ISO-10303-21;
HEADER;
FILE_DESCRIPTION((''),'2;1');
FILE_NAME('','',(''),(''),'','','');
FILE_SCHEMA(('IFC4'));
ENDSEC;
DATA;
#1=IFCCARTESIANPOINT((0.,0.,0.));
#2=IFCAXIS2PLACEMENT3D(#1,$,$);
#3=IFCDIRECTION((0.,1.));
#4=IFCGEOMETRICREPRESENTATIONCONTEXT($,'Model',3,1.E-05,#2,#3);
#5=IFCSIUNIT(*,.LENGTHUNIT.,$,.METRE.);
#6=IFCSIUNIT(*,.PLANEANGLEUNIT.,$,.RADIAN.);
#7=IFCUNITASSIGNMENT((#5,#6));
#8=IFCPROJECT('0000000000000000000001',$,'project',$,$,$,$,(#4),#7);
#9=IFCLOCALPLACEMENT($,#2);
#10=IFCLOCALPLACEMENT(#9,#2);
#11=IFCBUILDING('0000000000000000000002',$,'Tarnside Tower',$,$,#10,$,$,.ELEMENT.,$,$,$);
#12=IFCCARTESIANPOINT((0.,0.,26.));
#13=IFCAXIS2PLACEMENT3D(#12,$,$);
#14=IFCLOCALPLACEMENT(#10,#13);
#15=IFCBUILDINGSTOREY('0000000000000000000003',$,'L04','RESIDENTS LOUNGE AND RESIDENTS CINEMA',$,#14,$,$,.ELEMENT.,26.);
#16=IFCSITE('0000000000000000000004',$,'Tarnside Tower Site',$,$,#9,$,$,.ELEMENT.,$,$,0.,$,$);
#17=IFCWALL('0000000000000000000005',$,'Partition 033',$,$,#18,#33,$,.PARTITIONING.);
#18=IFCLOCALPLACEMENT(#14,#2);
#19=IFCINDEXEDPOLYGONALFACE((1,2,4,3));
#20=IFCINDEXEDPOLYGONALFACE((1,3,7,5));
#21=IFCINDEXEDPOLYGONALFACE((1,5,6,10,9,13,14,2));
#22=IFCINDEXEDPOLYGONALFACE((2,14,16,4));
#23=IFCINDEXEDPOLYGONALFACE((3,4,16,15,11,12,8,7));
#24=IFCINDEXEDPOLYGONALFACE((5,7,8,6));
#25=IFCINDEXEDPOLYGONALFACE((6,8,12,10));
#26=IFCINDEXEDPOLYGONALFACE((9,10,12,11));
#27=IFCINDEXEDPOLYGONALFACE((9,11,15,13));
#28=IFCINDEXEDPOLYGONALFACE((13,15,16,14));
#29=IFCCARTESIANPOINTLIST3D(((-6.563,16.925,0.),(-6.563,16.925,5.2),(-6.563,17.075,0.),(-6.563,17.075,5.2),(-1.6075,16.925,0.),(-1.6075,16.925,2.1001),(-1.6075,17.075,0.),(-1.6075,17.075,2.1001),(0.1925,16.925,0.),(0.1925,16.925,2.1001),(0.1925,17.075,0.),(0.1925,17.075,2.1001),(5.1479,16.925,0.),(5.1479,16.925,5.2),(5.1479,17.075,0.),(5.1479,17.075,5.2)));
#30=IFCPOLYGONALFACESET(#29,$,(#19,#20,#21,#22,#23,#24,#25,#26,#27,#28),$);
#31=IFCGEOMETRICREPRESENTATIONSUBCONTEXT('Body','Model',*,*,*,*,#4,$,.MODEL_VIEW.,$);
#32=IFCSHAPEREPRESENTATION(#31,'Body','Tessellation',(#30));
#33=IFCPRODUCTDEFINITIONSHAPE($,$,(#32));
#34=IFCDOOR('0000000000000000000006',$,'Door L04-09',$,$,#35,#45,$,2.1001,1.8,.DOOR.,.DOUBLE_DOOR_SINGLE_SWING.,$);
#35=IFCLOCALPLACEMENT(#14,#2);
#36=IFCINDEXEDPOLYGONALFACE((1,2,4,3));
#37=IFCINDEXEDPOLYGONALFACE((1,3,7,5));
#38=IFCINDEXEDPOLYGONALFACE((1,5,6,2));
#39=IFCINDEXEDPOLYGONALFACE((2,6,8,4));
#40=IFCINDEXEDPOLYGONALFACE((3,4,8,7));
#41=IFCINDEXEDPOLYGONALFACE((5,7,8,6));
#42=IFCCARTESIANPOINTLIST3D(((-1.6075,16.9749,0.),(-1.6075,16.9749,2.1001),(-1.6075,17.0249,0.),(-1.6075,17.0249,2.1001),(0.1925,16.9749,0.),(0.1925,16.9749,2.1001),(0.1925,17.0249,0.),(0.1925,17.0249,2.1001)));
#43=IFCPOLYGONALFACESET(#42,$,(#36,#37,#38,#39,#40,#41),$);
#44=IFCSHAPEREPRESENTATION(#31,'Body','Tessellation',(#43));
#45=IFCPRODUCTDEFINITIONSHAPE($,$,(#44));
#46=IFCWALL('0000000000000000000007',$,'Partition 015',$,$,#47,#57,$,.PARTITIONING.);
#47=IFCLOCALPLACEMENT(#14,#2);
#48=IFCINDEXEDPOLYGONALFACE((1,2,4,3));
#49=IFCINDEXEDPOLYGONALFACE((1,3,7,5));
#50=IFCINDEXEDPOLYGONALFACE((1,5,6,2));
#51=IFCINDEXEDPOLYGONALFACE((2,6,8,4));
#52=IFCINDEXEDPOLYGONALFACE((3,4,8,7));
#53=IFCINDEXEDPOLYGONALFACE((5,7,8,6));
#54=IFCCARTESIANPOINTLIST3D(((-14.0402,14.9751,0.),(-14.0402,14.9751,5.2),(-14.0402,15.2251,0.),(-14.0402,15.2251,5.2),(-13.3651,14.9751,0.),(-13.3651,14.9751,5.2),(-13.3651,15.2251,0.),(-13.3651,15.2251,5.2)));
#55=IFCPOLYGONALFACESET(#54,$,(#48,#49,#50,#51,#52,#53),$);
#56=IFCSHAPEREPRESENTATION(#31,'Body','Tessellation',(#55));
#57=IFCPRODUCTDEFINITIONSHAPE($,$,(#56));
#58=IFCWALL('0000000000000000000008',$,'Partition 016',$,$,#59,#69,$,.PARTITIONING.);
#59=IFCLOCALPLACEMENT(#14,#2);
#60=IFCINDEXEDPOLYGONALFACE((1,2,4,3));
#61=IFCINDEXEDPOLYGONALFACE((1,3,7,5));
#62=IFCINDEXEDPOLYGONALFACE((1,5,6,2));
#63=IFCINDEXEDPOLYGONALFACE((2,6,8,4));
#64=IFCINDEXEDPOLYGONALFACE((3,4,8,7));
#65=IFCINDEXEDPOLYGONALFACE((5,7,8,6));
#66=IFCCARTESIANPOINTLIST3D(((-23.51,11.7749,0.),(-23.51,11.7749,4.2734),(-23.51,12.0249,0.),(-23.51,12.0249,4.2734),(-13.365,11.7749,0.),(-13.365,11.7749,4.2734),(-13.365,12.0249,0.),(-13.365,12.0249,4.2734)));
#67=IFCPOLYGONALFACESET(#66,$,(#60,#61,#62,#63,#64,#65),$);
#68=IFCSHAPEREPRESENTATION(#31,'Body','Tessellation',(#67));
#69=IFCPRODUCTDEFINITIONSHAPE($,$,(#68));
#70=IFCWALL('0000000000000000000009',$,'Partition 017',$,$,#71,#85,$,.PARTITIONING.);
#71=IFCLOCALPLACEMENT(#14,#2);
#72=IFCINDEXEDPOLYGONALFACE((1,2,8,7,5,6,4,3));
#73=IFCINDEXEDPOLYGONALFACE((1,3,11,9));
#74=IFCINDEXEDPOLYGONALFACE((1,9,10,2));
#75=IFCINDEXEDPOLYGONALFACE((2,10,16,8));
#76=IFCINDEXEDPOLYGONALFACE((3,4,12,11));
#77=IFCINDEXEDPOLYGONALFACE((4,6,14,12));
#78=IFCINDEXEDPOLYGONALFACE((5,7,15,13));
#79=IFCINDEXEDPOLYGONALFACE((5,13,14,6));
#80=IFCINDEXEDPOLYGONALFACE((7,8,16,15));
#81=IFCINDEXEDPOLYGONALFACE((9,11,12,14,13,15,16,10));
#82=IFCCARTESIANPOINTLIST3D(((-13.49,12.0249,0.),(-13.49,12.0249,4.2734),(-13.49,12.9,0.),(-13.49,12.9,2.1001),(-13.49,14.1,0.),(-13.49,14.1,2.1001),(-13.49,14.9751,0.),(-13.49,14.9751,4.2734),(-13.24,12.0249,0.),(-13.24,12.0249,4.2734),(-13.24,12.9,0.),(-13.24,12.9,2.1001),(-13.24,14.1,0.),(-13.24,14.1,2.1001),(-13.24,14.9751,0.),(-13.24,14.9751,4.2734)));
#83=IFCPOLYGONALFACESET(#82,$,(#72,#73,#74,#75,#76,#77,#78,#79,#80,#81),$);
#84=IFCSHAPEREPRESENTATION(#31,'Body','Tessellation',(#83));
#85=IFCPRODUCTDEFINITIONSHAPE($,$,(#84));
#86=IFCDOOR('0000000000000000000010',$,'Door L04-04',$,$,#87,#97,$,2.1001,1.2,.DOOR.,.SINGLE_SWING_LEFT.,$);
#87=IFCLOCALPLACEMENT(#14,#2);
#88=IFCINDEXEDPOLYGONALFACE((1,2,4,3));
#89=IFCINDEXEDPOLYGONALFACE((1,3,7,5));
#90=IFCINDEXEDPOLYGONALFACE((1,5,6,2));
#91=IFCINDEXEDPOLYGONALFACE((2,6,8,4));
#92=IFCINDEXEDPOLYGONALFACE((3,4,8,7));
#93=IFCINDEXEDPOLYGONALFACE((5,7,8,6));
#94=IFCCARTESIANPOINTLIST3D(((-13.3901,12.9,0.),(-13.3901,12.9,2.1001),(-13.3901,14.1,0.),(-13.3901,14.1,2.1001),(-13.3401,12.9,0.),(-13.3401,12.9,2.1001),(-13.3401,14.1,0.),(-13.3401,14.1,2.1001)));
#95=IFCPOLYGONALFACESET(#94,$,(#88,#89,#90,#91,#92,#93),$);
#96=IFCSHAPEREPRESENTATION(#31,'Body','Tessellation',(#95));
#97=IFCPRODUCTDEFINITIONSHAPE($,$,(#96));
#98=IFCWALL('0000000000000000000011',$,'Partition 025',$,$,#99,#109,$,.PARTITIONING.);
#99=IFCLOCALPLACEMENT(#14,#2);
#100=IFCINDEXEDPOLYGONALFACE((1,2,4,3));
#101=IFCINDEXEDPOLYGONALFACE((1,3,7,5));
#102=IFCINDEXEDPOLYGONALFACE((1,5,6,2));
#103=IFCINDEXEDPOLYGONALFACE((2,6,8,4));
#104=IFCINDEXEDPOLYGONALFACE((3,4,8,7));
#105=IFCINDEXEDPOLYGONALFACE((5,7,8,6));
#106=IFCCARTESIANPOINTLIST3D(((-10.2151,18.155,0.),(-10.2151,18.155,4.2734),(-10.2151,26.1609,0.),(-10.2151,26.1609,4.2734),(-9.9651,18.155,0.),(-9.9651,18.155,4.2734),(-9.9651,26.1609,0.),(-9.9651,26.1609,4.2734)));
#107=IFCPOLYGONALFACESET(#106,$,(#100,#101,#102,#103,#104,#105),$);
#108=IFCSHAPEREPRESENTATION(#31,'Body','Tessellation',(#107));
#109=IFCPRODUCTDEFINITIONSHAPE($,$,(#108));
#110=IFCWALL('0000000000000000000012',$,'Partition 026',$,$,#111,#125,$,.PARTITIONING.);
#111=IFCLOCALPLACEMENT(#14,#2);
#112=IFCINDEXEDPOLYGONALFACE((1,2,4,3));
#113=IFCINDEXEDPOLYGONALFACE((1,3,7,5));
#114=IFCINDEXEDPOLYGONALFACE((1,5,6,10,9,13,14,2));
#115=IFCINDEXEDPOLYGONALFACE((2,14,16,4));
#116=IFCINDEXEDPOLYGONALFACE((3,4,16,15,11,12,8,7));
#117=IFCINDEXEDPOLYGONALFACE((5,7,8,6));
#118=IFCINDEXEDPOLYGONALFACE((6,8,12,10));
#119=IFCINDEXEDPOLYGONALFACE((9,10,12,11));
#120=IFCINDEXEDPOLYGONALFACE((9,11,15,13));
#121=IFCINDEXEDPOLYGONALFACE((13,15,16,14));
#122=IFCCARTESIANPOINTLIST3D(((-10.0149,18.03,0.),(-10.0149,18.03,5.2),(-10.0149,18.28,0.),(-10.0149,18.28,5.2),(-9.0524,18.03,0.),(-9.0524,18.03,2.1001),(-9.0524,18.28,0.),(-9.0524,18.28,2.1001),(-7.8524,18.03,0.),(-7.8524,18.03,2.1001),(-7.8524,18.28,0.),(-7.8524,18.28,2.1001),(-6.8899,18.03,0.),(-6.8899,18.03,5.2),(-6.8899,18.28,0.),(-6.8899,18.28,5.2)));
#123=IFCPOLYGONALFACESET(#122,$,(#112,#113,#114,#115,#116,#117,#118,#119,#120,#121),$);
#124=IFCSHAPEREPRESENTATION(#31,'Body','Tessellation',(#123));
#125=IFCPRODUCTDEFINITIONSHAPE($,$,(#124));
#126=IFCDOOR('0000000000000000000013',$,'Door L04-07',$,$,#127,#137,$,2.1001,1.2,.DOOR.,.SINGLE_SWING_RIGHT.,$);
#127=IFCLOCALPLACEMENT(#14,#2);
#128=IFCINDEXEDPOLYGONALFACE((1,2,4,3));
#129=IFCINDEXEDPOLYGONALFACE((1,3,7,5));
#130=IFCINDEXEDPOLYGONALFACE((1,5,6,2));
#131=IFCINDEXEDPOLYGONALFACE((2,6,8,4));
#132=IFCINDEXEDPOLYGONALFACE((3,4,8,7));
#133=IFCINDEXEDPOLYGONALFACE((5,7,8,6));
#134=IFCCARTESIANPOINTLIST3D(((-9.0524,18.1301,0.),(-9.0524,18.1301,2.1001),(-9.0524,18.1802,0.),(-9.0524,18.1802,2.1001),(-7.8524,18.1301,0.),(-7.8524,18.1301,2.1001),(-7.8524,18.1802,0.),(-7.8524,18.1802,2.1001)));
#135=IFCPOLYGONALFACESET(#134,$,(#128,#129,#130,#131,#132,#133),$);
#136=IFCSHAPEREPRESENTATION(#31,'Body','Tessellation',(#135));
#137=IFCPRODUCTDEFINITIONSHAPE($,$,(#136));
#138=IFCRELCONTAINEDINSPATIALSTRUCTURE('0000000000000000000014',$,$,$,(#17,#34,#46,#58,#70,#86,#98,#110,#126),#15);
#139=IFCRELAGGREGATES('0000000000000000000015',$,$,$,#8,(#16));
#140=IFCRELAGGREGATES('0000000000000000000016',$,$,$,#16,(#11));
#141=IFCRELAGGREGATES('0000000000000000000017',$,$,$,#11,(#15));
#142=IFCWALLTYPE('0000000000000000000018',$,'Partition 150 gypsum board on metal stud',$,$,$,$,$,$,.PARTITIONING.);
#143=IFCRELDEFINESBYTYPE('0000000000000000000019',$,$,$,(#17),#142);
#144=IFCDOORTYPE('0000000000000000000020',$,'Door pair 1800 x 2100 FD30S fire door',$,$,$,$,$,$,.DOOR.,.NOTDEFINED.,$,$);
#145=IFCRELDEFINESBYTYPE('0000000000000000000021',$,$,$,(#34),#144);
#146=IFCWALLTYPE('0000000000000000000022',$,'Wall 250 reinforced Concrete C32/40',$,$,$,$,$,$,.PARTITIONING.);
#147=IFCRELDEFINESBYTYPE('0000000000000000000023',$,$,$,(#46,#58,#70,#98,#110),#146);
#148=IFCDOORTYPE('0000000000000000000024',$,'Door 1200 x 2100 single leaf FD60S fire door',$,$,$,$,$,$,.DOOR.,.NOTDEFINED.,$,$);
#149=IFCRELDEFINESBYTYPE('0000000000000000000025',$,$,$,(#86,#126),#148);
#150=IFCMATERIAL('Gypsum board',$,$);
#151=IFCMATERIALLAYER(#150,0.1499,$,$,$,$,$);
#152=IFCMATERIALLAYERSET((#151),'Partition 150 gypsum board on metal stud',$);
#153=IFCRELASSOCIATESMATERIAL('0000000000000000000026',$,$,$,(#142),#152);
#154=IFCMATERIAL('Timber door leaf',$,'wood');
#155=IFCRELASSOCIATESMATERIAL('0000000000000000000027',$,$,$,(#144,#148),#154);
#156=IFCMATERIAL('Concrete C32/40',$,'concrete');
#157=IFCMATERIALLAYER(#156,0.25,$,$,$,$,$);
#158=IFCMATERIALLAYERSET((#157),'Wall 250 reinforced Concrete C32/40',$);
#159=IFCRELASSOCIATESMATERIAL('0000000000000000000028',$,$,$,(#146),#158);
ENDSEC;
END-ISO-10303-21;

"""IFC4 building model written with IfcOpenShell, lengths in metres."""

from ifc_helpers import new_model, si_unit, direction, frame, frame_2d, origin, place, context, subcontext, project, spatial, rectangle, extrude, material, layer, layer_set, type_object, element, fill, save


model = new_model("IFC4")

# Units and contexts
model_context = context("Model", 3, precision=1e-05, world=origin(), true_north=direction((0.0, 1.0)))
body_context = subcontext(model_context, "Body", "Model", "MODEL_VIEW")
ifc_project = project(units=[si_unit("LENGTHUNIT", "METRE"), si_unit("PLANEANGLEUNIT", "RADIAN")], contexts=[model_context])

# Site, building, storey
site_placement = place(None, origin())
site = spatial("IfcSite", under=ifc_project, at=site_placement, Name="Tarnside Tower Site", CompositionType="ELEMENT", RefElevation=0.0)
building_placement = place(site_placement, origin())
building = spatial("IfcBuilding", under=site, at=building_placement, Name="Tarnside Tower", CompositionType="ELEMENT")
storey_placement = place(building_placement, frame((0.0, 0.0, 26.0)))
storey = spatial("IfcBuildingStorey", under=building, at=storey_placement, Name="L04", Description="RESIDENTS LOUNGE AND RESIDENTS CINEMA", CompositionType="ELEMENT", Elevation=26.0)

# Shared definitions
ifc_material_1 = material(Name="Gypsum board")
ifc_layer_1 = layer(ifc_material_1, 0.1499)
ifc_layer_set_1 = layer_set([ifc_layer_1], Name="Partition 150 gypsum board on metal stud")
wall_type_1 = type_object("IfcWallType", Name="Partition 150 gypsum board on metal stud", PredefinedType="PARTITIONING", material=ifc_layer_set_1)
ifc_material_2 = material(Name="Timber door leaf", Category="wood")

# Wall, opening, door
wall_1_placement = place(storey_placement, frame((-6.563, 17.0, 0.0), z_axis=(0.0, 0.0, 1.0), x_axis=(1.0, 0.0, 0.0)))
wall_1 = element("IfcWall", 1, at=wall_1_placement, inside=storey, type_object=wall_type_1, Name="Partition 033", PredefinedType="PARTITIONING", context=body_context, shape_type="SweptSolid", body=[
    extrude(rectangle(XDim=11.7109, YDim=0.1499, at=frame_2d((5.8555, 0.0))), origin(), (0.0, 0.0, 1.0), 5.2),
])
opening_1_placement = place(wall_1_placement, frame((4.9556, 0.0, 0.0)))
opening_1 = element("IfcOpeningElement", 2, at=opening_1_placement, cuts=wall_1, PredefinedType="OPENING", context=body_context, shape_type="SweptSolid", body=[
    extrude(rectangle(XDim=1.8, YDim=2.1001, at=frame_2d((0.8999, 1.05))), frame((0.0, 0.085, 0.0), z_axis=(0.0, -1.0, 0.0), x_axis=(1.0, 0.0, 0.0)), (0.0, 0.0, 1.0), 0.1699),
])
door_type_1 = type_object("IfcDoorType", Name="Door pair 1800 x 2100 FD30S fire door", OperationType="NOTDEFINED", PredefinedType="DOOR", material=ifc_material_2)
door_1_placement = place(opening_1_placement, origin())
door_1 = element("IfcDoor", 3, at=door_1_placement, inside=storey, type_object=door_type_1, Name="Door L04-09", OperationType="DOUBLE_DOOR_SINGLE_SWING", OverallHeight=2.1001, OverallWidth=1.8, PredefinedType="DOOR", context=body_context, shape_type="SweptSolid", body=[
    extrude(rectangle(XDim=1.8, YDim=2.1001, at=frame_2d((0.8999, 1.05))), frame((0.0, 0.0249, 0.0), z_axis=(0.0, -1.0, 0.0), x_axis=(1.0, 0.0, 0.0)), (0.0, 0.0, 1.0), 0.05),
])
fill(opening_1, door_1)

# Walls
ifc_material_3 = material(Name="Concrete C32/40", Category="concrete")
ifc_layer_2 = layer(ifc_material_3, 0.25)
ifc_layer_set_2 = layer_set([ifc_layer_2], Name="Wall 250 reinforced Concrete C32/40")
wall_type_2 = type_object("IfcWallType", Name="Wall 250 reinforced Concrete C32/40", PredefinedType="PARTITIONING", material=ifc_layer_set_2)
wall_2_placement = place(storey_placement, frame((-14.04, 15.1001, 0.0), z_axis=(0.0, 0.0, 1.0), x_axis=(1.0, 0.0, 0.0)))
element("IfcWall", 4, at=wall_2_placement, inside=storey, type_object=wall_type_2, Name="Partition 015", PredefinedType="PARTITIONING", context=body_context, shape_type="SweptSolid", body=[
    extrude(rectangle(XDim=0.675, YDim=0.25, at=frame_2d((0.3374, 0.0))), origin(), (0.0, 0.0, 1.0), 5.2),
])
wall_3_placement = place(storey_placement, frame((-13.365, 11.8999, 0.0), z_axis=(0.0, 0.0, 1.0), x_axis=(-1.0, 0.0, 0.0)))
element("IfcWall", 5, at=wall_3_placement, inside=storey, type_object=wall_type_2, Name="Partition 016", PredefinedType="PARTITIONING", context=body_context, shape_type="SweptSolid", body=[
    extrude(rectangle(XDim=10.145, YDim=0.25, at=frame_2d((5.0725, 0.0))), origin(), (0.0, 0.0, 1.0), 4.2734),
])

# Wall, opening, door
wall_4_placement = place(storey_placement, frame((-13.365, 14.9751, 0.0), z_axis=(0.0, 0.0, 1.0), x_axis=(0.0, -1.0, 0.0)))
wall_4 = element("IfcWall", 6, at=wall_4_placement, inside=storey, type_object=wall_type_2, Name="Partition 017", PredefinedType="PARTITIONING", context=body_context, shape_type="SweptSolid", body=[
    extrude(rectangle(XDim=2.9502, YDim=0.25, at=frame_2d((1.4751, 0.0))), origin(), (0.0, 0.0, 1.0), 4.2734),
])
opening_2_placement = place(wall_4_placement, frame((0.875, 0.0, 0.0)))
opening_2 = element("IfcOpeningElement", 7, at=opening_2_placement, cuts=wall_4, PredefinedType="OPENING", context=body_context, shape_type="SweptSolid", body=[
    extrude(rectangle(XDim=1.2, YDim=2.1001, at=frame_2d((0.6001, 1.05))), frame((0.0, 0.135, 0.0), z_axis=(0.0, -1.0, 0.0), x_axis=(1.0, 0.0, 0.0)), (0.0, 0.0, 1.0), 0.27),
])
door_type_2 = type_object("IfcDoorType", Name="Door 1200 x 2100 single leaf FD60S fire door", OperationType="NOTDEFINED", PredefinedType="DOOR", material=ifc_material_2)
door_2_placement = place(opening_2_placement, origin())
door_2 = element("IfcDoor", 8, at=door_2_placement, inside=storey, type_object=door_type_2, Name="Door L04-04", OperationType="SINGLE_SWING_LEFT", OverallHeight=2.1001, OverallWidth=1.2, PredefinedType="DOOR", context=body_context, shape_type="SweptSolid", body=[
    extrude(rectangle(XDim=1.2, YDim=2.1001, at=frame_2d((0.6001, 1.05))), frame((0.0, 0.0249, 0.0), z_axis=(0.0, -1.0, 0.0), x_axis=(1.0, 0.0, 0.0)), (0.0, 0.0, 1.0), 0.05),
])
fill(opening_2, door_2)

# Wall
wall_5_placement = place(storey_placement, frame((-10.0901, 18.155, 0.0), z_axis=(0.0, 0.0, 1.0), x_axis=(0.0, 1.0, 0.0)))
element("IfcWall", 9, at=wall_5_placement, inside=storey, type_object=wall_type_2, Name="Partition 025", PredefinedType="PARTITIONING", context=body_context, shape_type="SweptSolid", body=[
    extrude(rectangle(XDim=8.0059, YDim=0.25, at=frame_2d((4.0029, 0.0))), origin(), (0.0, 0.0, 1.0), 4.2734),
])

# Wall, opening, door
wall_6_placement = place(storey_placement, frame((-6.8899, 18.155, 0.0), z_axis=(0.0, 0.0, 1.0), x_axis=(-1.0, 0.0, 0.0)))
wall_6 = element("IfcWall", 10, at=wall_6_placement, inside=storey, type_object=wall_type_2, Name="Partition 026", PredefinedType="PARTITIONING", context=body_context, shape_type="SweptSolid", body=[
    extrude(rectangle(XDim=3.125, YDim=0.25, at=frame_2d((1.5625, 0.0))), origin(), (0.0, 0.0, 1.0), 5.2),
])
opening_3_placement = place(wall_6_placement, frame((0.9624, 0.0, 0.0)))
opening_3 = element("IfcOpeningElement", 11, at=opening_3_placement, cuts=wall_6, PredefinedType="OPENING", context=body_context, shape_type="SweptSolid", body=[
    extrude(rectangle(XDim=1.2, YDim=2.1001, at=frame_2d((0.6001, 1.05))), frame((0.0, 0.135, 0.0), z_axis=(0.0, -1.0, 0.0), x_axis=(1.0, 0.0, 0.0)), (0.0, 0.0, 1.0), 0.27),
])
door_3_placement = place(opening_3_placement, origin())
door_3 = element("IfcDoor", 12, at=door_3_placement, inside=storey, type_object=door_type_2, Name="Door L04-07", OperationType="SINGLE_SWING_RIGHT", OverallHeight=2.1001, OverallWidth=1.2, PredefinedType="DOOR", context=body_context, shape_type="SweptSolid", body=[
    extrude(rectangle(XDim=1.2, YDim=2.1001, at=frame_2d((0.6001, 1.05))), frame((0.0, 0.0249, 0.0), z_axis=(0.0, -1.0, 0.0), x_axis=(1.0, 0.0, 0.0)), (0.0, 0.0, 1.0), 0.05),
])
fill(opening_3, door_3)

save(model, "model.ifc")
